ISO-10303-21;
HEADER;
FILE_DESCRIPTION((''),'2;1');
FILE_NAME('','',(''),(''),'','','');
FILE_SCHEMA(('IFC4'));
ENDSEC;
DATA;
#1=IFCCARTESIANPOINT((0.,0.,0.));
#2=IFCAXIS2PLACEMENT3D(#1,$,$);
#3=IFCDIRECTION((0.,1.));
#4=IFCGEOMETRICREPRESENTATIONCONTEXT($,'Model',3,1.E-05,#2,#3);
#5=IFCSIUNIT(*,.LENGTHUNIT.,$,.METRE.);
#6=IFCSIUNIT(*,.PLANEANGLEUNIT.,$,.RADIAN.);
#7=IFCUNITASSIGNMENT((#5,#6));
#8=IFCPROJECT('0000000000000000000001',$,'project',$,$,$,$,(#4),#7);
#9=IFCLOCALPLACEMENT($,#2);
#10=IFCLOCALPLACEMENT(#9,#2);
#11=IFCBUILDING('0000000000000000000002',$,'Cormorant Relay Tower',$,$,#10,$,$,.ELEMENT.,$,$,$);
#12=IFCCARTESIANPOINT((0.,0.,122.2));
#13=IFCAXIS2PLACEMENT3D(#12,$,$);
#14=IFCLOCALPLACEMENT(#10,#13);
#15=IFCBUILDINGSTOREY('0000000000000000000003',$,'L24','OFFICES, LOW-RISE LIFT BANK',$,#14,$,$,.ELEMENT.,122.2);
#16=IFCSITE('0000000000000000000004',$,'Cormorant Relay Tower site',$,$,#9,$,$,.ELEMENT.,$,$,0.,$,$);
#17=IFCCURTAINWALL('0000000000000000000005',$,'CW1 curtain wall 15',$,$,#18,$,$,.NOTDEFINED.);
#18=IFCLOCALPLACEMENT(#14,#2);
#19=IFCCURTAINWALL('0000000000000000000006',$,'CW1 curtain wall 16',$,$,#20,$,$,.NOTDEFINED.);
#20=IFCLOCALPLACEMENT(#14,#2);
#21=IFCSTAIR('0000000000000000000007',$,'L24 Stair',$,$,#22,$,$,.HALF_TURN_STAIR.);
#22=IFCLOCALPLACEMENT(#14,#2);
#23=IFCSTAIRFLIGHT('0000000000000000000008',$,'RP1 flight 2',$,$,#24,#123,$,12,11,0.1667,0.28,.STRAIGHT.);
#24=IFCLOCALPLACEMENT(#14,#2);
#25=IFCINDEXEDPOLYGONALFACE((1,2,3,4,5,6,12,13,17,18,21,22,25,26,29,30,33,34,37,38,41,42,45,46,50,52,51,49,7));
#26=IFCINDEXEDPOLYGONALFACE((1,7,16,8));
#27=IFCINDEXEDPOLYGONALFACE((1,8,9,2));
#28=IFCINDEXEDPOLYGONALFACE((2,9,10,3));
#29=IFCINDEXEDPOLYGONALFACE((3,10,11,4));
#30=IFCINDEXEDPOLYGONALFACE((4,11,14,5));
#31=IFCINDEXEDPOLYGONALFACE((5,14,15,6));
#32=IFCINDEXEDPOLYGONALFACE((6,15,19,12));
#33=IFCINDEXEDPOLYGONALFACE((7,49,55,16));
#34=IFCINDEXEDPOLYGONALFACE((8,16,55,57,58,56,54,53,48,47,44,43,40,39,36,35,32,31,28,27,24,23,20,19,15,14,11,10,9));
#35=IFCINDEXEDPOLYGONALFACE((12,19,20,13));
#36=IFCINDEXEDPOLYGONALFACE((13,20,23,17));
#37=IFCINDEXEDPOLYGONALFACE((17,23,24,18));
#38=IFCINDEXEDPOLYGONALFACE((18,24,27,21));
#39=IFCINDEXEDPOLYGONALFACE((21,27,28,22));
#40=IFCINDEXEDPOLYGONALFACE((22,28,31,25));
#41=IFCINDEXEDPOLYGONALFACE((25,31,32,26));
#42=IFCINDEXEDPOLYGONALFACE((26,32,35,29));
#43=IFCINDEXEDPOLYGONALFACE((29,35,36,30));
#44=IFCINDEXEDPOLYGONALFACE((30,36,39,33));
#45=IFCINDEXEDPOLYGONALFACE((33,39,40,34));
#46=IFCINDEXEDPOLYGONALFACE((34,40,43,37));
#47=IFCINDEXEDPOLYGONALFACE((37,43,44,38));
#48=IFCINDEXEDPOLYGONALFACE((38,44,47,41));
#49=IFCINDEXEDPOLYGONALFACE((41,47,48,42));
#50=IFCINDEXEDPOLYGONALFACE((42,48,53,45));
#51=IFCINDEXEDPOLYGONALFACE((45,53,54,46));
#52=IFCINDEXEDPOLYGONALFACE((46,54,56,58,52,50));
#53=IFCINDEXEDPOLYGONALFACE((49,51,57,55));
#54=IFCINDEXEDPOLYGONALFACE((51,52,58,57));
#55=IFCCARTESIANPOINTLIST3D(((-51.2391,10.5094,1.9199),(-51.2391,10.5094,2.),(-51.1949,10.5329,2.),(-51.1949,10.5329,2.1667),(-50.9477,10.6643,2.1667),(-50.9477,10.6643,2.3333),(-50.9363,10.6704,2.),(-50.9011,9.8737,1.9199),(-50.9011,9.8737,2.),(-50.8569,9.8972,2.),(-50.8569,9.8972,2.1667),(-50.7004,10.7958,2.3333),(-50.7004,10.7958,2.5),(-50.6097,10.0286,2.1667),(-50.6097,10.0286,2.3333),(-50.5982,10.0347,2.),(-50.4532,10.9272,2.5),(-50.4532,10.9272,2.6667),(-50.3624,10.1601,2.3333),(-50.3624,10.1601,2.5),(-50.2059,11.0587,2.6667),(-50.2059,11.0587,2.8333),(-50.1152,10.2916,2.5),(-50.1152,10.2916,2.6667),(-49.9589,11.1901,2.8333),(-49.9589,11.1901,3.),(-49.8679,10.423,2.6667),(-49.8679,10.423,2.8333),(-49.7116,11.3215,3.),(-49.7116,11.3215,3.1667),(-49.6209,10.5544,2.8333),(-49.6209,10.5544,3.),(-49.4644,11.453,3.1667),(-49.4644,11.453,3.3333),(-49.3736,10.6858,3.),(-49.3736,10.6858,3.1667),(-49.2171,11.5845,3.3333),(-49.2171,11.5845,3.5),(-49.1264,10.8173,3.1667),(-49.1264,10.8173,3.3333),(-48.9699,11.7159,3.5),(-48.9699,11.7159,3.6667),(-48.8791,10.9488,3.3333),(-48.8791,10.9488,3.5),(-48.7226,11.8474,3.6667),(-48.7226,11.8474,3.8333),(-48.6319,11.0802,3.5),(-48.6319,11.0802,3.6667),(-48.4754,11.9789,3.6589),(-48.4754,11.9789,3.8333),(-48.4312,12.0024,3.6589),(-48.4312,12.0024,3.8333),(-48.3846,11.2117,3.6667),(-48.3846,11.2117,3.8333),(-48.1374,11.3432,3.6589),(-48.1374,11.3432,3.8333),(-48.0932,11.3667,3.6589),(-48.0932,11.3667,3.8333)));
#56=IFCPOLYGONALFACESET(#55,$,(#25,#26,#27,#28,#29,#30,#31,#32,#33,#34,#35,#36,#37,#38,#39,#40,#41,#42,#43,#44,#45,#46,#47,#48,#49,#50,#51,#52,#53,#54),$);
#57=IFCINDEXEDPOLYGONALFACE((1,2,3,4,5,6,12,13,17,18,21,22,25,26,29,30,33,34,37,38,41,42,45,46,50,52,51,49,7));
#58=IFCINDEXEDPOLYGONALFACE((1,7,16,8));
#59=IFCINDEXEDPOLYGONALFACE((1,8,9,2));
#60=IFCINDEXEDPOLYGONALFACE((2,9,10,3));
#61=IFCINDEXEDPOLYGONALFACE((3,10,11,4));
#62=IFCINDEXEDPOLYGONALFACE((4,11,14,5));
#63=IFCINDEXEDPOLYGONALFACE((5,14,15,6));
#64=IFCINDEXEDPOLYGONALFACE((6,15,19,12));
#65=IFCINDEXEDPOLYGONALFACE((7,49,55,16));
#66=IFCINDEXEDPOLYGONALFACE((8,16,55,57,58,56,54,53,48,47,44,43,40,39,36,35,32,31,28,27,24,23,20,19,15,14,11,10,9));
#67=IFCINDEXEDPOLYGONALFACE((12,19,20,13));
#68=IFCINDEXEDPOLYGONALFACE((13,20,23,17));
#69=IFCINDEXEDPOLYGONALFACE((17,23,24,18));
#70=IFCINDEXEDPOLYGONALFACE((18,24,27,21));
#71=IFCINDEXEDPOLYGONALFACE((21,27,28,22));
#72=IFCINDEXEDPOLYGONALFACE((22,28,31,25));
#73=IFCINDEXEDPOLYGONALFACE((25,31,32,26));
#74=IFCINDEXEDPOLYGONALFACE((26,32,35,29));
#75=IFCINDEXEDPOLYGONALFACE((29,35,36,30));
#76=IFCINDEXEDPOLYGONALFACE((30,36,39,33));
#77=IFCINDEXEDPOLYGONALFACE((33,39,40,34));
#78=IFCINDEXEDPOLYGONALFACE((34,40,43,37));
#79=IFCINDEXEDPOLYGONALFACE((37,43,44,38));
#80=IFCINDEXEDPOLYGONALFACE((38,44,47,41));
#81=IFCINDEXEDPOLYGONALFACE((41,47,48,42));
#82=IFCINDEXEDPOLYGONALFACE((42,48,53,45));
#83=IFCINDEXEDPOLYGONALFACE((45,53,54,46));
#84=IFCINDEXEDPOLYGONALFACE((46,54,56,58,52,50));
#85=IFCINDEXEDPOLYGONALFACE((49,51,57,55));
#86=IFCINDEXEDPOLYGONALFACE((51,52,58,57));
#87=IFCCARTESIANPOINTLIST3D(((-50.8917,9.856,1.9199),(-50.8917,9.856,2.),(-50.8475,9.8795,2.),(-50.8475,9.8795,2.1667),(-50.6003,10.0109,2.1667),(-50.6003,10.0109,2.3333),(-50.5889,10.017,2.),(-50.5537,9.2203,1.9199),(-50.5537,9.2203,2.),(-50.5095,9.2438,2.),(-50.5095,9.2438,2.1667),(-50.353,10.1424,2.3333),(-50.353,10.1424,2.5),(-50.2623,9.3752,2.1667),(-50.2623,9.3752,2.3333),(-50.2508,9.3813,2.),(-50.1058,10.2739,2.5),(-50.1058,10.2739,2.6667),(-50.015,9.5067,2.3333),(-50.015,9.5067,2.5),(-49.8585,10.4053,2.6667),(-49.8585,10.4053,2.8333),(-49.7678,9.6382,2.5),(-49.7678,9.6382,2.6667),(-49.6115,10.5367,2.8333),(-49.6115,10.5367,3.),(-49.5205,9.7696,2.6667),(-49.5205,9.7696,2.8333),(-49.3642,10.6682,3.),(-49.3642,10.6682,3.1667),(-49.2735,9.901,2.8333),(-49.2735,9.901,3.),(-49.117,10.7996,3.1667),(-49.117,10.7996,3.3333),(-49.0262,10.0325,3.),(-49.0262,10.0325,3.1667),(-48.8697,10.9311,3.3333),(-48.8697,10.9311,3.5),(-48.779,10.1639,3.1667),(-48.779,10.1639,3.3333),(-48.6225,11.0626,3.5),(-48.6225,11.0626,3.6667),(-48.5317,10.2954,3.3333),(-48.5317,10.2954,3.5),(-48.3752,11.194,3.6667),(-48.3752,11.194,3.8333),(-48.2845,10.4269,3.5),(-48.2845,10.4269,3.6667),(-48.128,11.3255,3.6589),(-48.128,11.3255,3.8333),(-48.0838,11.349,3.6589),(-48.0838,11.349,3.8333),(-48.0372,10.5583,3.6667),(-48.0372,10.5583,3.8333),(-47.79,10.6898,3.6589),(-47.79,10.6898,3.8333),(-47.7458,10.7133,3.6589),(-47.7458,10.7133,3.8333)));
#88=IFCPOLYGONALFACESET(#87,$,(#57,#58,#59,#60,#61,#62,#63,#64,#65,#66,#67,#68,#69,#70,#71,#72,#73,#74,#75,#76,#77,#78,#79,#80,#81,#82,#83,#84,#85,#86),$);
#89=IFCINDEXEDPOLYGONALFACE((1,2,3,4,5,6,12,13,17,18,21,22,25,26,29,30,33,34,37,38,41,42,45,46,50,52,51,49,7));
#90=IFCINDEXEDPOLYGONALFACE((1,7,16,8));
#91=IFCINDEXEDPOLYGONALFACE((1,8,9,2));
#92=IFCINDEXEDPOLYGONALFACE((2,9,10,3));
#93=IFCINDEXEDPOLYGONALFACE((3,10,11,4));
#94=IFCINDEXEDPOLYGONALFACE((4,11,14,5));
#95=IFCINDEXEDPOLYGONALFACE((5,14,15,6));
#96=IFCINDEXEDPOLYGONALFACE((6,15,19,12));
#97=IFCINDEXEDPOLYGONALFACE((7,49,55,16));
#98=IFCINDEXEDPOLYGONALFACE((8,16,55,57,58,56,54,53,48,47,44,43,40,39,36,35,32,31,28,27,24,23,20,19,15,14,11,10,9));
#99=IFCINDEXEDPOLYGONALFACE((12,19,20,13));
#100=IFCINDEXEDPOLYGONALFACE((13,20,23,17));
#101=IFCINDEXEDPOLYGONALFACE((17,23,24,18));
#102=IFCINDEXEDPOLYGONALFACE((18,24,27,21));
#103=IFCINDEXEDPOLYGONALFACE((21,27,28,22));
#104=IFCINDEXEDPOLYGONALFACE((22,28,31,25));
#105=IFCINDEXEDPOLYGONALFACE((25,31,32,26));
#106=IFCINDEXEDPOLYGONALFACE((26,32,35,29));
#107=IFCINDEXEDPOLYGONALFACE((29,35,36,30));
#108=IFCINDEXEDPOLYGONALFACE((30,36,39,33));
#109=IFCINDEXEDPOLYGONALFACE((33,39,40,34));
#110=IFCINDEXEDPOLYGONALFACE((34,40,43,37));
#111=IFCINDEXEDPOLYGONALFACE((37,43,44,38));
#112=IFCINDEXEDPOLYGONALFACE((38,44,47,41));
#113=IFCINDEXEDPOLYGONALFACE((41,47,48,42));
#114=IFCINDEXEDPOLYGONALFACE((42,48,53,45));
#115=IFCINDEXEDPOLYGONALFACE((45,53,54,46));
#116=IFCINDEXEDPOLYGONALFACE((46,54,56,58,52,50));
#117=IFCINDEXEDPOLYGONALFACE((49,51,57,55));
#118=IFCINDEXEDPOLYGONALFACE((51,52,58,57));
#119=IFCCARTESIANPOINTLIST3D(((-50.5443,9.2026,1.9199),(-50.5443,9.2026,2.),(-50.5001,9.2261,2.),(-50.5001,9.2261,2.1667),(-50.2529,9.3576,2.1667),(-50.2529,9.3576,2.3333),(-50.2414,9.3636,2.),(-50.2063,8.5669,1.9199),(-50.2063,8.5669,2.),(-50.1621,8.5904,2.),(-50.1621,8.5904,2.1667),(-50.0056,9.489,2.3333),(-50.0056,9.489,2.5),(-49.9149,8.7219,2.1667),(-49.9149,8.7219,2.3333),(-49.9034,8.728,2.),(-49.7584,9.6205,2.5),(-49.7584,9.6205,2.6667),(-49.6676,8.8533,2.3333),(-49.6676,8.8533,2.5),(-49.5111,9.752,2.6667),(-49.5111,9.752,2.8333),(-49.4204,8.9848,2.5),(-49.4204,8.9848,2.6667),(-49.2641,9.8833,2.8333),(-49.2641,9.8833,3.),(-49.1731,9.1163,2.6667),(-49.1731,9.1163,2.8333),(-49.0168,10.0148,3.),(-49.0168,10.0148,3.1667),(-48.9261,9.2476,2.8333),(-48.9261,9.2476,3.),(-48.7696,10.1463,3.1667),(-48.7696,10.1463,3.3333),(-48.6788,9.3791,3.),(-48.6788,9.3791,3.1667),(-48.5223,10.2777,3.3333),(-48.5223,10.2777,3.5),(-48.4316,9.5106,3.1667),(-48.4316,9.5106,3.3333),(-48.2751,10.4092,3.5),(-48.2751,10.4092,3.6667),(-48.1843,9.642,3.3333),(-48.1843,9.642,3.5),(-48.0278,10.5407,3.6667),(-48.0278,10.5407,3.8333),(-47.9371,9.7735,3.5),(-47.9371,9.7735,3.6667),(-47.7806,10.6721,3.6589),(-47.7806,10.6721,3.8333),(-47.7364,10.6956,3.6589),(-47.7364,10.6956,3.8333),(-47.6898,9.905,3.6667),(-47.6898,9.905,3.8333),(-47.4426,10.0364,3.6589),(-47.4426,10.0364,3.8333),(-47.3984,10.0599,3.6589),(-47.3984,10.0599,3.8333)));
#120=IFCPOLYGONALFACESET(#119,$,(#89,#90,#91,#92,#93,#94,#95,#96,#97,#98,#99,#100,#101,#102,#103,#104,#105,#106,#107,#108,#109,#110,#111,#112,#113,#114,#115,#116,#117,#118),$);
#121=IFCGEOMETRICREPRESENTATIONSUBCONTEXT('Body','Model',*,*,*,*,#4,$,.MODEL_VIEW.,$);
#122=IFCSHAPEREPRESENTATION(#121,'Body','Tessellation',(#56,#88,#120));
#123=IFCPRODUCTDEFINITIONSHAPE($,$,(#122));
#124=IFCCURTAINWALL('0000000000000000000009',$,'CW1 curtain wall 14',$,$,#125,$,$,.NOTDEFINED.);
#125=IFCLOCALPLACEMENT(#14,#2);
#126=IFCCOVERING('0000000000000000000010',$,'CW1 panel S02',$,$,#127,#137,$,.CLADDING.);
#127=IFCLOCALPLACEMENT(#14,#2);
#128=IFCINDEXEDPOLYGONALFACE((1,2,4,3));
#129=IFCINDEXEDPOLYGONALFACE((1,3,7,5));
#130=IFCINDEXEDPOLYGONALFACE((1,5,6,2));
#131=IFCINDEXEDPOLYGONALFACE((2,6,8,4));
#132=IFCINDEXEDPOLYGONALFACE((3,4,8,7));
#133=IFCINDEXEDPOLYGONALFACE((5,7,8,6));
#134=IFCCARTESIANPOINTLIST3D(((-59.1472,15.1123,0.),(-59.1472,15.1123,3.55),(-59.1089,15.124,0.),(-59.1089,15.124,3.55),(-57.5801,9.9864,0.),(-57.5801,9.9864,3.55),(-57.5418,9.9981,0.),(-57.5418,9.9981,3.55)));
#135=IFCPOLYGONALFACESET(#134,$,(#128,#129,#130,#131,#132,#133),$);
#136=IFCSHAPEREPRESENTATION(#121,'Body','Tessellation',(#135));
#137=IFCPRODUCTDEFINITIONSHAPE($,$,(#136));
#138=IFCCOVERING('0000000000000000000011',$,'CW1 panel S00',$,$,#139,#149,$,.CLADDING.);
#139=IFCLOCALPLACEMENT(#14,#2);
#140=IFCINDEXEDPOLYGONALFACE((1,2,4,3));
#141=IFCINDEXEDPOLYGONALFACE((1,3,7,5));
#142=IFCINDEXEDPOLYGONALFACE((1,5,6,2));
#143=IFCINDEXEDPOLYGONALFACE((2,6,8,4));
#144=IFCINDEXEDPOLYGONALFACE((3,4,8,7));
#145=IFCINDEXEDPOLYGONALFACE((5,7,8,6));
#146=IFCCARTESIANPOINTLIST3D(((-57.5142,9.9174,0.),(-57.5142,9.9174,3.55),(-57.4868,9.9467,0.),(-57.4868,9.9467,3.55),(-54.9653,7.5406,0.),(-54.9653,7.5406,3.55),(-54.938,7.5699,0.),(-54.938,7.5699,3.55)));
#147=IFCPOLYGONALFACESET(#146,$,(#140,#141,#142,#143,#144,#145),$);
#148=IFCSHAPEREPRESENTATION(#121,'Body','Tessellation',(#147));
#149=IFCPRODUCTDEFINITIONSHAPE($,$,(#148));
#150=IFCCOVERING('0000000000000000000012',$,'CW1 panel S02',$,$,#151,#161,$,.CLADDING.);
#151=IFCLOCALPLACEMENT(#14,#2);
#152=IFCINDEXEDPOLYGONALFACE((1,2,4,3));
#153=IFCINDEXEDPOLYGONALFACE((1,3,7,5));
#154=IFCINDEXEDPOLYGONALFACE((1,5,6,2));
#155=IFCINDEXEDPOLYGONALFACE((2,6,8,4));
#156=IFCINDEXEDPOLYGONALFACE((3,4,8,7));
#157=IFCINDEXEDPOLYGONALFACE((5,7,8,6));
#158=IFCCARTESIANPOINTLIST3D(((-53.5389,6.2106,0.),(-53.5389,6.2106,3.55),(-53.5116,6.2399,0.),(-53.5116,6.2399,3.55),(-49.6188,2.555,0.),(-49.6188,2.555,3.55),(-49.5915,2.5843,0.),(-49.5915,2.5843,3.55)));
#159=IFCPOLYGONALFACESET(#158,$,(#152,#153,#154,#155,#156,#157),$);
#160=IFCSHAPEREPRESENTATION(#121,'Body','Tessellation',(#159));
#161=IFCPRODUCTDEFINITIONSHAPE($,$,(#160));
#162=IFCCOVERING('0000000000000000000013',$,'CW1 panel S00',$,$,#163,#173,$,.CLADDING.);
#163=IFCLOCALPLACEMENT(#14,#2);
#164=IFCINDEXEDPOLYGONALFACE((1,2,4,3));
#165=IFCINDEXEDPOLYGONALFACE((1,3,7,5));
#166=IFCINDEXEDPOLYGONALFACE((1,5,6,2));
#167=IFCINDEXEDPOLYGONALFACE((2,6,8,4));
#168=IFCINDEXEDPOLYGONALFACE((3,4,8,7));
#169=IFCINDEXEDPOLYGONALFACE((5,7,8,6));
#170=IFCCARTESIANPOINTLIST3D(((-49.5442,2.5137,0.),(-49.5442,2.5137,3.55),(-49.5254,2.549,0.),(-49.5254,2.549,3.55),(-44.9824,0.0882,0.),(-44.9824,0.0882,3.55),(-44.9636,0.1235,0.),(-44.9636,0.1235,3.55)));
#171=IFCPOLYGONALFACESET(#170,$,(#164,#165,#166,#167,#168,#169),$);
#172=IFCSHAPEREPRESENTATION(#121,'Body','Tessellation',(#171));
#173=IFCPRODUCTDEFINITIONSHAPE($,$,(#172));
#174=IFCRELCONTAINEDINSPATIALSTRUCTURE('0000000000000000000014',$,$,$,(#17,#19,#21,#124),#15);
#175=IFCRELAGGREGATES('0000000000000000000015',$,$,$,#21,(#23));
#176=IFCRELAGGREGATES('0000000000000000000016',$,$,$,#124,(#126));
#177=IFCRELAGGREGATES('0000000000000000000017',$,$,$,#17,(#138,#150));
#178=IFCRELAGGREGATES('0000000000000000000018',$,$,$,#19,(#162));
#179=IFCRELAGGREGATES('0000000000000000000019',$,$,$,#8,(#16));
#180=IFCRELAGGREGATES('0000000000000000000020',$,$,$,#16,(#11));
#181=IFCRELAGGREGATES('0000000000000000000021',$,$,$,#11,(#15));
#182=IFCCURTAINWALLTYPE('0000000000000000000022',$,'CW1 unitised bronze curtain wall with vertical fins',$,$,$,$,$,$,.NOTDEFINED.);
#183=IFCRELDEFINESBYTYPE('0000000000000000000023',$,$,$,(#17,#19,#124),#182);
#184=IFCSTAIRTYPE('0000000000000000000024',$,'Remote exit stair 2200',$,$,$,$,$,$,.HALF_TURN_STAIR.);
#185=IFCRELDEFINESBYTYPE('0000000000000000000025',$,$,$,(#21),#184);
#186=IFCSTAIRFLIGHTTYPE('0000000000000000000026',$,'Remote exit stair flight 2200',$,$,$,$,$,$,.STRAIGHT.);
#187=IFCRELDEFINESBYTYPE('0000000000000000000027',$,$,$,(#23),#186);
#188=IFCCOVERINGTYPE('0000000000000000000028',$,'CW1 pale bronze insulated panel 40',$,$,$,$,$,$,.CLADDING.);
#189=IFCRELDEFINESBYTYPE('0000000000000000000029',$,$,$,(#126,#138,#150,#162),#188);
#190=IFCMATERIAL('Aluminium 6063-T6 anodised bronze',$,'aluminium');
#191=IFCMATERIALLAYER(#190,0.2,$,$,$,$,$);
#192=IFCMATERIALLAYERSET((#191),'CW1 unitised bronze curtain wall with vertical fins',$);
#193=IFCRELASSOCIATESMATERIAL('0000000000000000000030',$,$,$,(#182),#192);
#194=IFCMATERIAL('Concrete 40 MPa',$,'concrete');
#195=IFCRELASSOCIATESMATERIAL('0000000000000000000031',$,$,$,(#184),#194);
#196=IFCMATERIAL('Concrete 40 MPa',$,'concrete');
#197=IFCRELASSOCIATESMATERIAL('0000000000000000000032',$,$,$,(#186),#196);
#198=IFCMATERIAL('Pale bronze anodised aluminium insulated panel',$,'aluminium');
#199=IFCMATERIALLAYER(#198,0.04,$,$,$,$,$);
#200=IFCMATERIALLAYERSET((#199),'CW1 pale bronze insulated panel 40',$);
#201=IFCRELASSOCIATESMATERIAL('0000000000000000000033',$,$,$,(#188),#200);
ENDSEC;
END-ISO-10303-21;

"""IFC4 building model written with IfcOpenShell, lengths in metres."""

from ifc_helpers import new_model, si_unit, direction, frame, origin, origin_2d, place, context, subcontext, project, spatial, polyline, rectangle, outline, extrude, material, layer, layer_set, type_object, element, aggregate, save


model = new_model("IFC4")

# Units and contexts
model_context = context("Model", 3, precision=1e-05, world=origin(), true_north=direction((0.0, 1.0)))
body_context = subcontext(model_context, "Body", "Model", "MODEL_VIEW")
ifc_project = project(units=[si_unit("LENGTHUNIT", "METRE"), si_unit("PLANEANGLEUNIT", "RADIAN")], contexts=[model_context])

# Site, building, storey
site_placement = place(None, origin())
site = spatial("IfcSite", under=ifc_project, at=site_placement, Name="Cormorant Relay Tower site", CompositionType="ELEMENT", RefElevation=0.0)
building_placement = place(site_placement, origin())
building = spatial("IfcBuilding", under=site, at=building_placement, Name="Cormorant Relay Tower", CompositionType="ELEMENT")
storey_placement = place(building_placement, frame((0.0, 0.0, 122.2)))
storey = spatial("IfcBuildingStorey", under=building, at=storey_placement, Name="L24", Description="OFFICES, LOW-RISE LIFT BANK", CompositionType="ELEMENT", Elevation=122.2)

# Curtain wall
ifc_material_1 = material(Name="Aluminium 6063-T6 anodised bronze", Category="aluminium")
ifc_layer_1 = layer(ifc_material_1, 0.2)
ifc_layer_set_1 = layer_set([ifc_layer_1], Name="CW1 unitised bronze curtain wall with vertical fins")
curtain_wall_type = type_object("IfcCurtainWallType", Name="CW1 unitised bronze curtain wall with vertical fins", PredefinedType="NOTDEFINED", material=ifc_layer_set_1)
curtain_wall_1_placement = place(storey_placement, origin())
curtain_wall_1 = element("IfcCurtainWall", 1, at=curtain_wall_1_placement, inside=storey, type_object=curtain_wall_type, Name="CW1 curtain wall 15", PredefinedType="NOTDEFINED")

# Curtain wall
curtain_wall_2_placement = place(storey_placement, origin())
curtain_wall_2 = element("IfcCurtainWall", 2, at=curtain_wall_2_placement, inside=storey, type_object=curtain_wall_type, Name="CW1 curtain wall 16", PredefinedType="NOTDEFINED")

# Stair, stair flight
ifc_material_2 = material(Name="Concrete 40 MPa", Category="concrete")
stair_type = type_object("IfcStairType", Name="Remote exit stair 2200", PredefinedType="HALF_TURN_STAIR", material=ifc_material_2)
stair_placement = place(storey_placement, origin())
stair = element("IfcStair", 3, at=stair_placement, inside=storey, type_object=stair_type, Name="L24 Stair", PredefinedType="HALF_TURN_STAIR")
ifc_material_3 = material(Name="Concrete 40 MPa", Category="concrete")
stair_flight_type = type_object("IfcStairFlightType", Name="Remote exit stair flight 2200", PredefinedType="STRAIGHT", material=ifc_material_3)
stair_flight_1_placement = place(storey_placement, frame((-50.6785, 9.5615, 2.0), z_axis=(0.0, 0.0, 1.0), x_axis=(0.882948, 0.469472, 0.0)))
stair_flight_1 = element("IfcStairFlight", 4, at=stair_flight_1_placement, type_object=stair_flight_type, Name="RP1 flight 2", NumberOfRisers=12, NumberOfTreads=11, PredefinedType="STRAIGHT", RiserHeight=0.1667, TreadLength=0.28, context=body_context, shape_type="SweptSolid", body=[
    extrude(outline(polyline([(-0.05, -0.0801), (-0.05, 0.0), (0.0, 0.0), (0.0, 0.1667), (0.28, 0.1667), (0.28, 0.3333), (0.5601, 0.3333), (0.5601, 0.5), (0.8401, 0.5), (0.8401, 0.6667), (1.1201, 0.6667), (1.1201, 0.8333), (1.3999, 0.8333), (1.3999, 1.0), (1.6799, 1.0), (1.6799, 1.1667), (1.96, 1.1667), (1.96, 1.3333), (2.24, 1.3333), (2.24, 1.5), (2.52, 1.5), (2.52, 1.6667), (2.8, 1.6667), (2.8, 1.8333), (3.0801, 1.8333), (3.1301, 1.8333), (3.1301, 1.6589), (3.0801, 1.6589), (0.293, 0.0), (-0.05, -0.0801)])), frame((0.0, 1.1001, 0.0), z_axis=(0.0, -1.0, 0.0), x_axis=(1.0, 0.0, 0.0)), (0.0, 0.0, 1.0), 0.72),
    extrude(outline(polyline([(-0.05, -0.0801), (-0.05, 0.0), (0.0, 0.0), (0.0, 0.1667), (0.28, 0.1667), (0.28, 0.3333), (0.5601, 0.3333), (0.5601, 0.5), (0.8401, 0.5), (0.8401, 0.6667), (1.1201, 0.6667), (1.1201, 0.8333), (1.3999, 0.8333), (1.3999, 1.0), (1.6799, 1.0), (1.6799, 1.1667), (1.96, 1.1667), (1.96, 1.3333), (2.24, 1.3333), (2.24, 1.5), (2.52, 1.5), (2.52, 1.6667), (2.8, 1.6667), (2.8, 1.8333), (3.0801, 1.8333), (3.1301, 1.8333), (3.1301, 1.6589), (3.0801, 1.6589), (0.293, 0.0), (-0.05, -0.0801)])), frame((0.0, 0.3601, 0.0), z_axis=(0.0, -1.0, 0.0), x_axis=(1.0, 0.0, 0.0)), (0.0, 0.0, 1.0), 0.72),
    extrude(outline(polyline([(-0.05, -0.0801), (-0.05, 0.0), (0.0, 0.0), (0.0, 0.1667), (0.28, 0.1667), (0.28, 0.3333), (0.5601, 0.3333), (0.5601, 0.5), (0.8401, 0.5), (0.8401, 0.6667), (1.1201, 0.6667), (1.1201, 0.8333), (1.3999, 0.8333), (1.3999, 1.0), (1.6799, 1.0), (1.6799, 1.1667), (1.96, 1.1667), (1.96, 1.3333), (2.24, 1.3333), (2.24, 1.5), (2.52, 1.5), (2.52, 1.6667), (2.8, 1.6667), (2.8, 1.8333), (3.0801, 1.8333), (3.1301, 1.8333), (3.1301, 1.6589), (3.0801, 1.6589), (0.293, 0.0), (-0.05, -0.0801)])), frame((0.0, -0.3799, 0.0), z_axis=(0.0, -1.0, 0.0), x_axis=(1.0, 0.0, 0.0)), (0.0, 0.0, 1.0), 0.72),
])
aggregate(stair, [stair_flight_1])

# Curtain wall, covering
curtain_wall_3_placement = place(storey_placement, origin())
curtain_wall_3 = element("IfcCurtainWall", 5, at=curtain_wall_3_placement, inside=storey, type_object=curtain_wall_type, Name="CW1 curtain wall 14", PredefinedType="NOTDEFINED")
ifc_material_4 = material(Name="Pale bronze anodised aluminium insulated panel", Category="aluminium")
ifc_layer_2 = layer(ifc_material_4, 0.04)
ifc_layer_set_2 = layer_set([ifc_layer_2], Name="CW1 pale bronze insulated panel 40")
covering_type = type_object("IfcCoveringType", Name="CW1 pale bronze insulated panel 40", PredefinedType="CLADDING", material=ifc_layer_set_2)
covering_1_placement = place(storey_placement, frame((-58.3445, 12.5552, 0.0), z_axis=(0.0, 0.0, 1.0), x_axis=(0.292372, -0.956305, 0.0)))
covering_1 = element("IfcCovering", 6, at=covering_1_placement, type_object=covering_type, Name="CW1 panel S02", PredefinedType="CLADDING", context=body_context, shape_type="SweptSolid", body=[
    extrude(rectangle(XDim=5.3601, YDim=0.04, at=origin_2d()), origin(), (0.0, 0.0, 1.0), 3.55),
])
aggregate(curtain_wall_3, [covering_1])

# Coverings
covering_2_placement = place(storey_placement, frame((-56.2261, 8.7437, 0.0), z_axis=(0.0, 0.0, 1.0), x_axis=(0.731354, -0.681998, 0.0)))
covering_2 = element("IfcCovering", 7, at=covering_2_placement, type_object=covering_type, Name="CW1 panel S00", PredefinedType="CLADDING", context=body_context, shape_type="SweptSolid", body=[
    extrude(rectangle(XDim=3.4851, YDim=0.04, at=origin_2d()), origin(), (0.0, 0.0, 1.0), 3.55),
])
covering_3_placement = place(storey_placement, frame((-51.5652, 4.3975, 0.0), z_axis=(0.0, 0.0, 1.0), x_axis=(0.731354, -0.681998, 0.0)))
covering_3 = element("IfcCovering", 8, at=covering_3_placement, type_object=covering_type, Name="CW1 panel S02", PredefinedType="CLADDING", context=body_context, shape_type="SweptSolid", body=[
    extrude(rectangle(XDim=5.3601, YDim=0.04, at=origin_2d()), origin(), (0.0, 0.0, 1.0), 3.55),
])
aggregate(curtain_wall_1, [covering_2, covering_3])
covering_4_placement = place(storey_placement, frame((-47.2539, 1.3186, 0.0), z_axis=(0.0, 0.0, 1.0), x_axis=(0.882948, -0.469472, 0.0)))
covering_4 = element("IfcCovering", 9, at=covering_4_placement, type_object=covering_type, Name="CW1 panel S00", PredefinedType="CLADDING", context=body_context, shape_type="SweptSolid", body=[
    extrude(rectangle(XDim=5.1665, YDim=0.04, at=origin_2d()), origin(), (0.0, 0.0, 1.0), 3.55),
])
aggregate(curtain_wall_2, [covering_4])

save(model, "model.ifc")
